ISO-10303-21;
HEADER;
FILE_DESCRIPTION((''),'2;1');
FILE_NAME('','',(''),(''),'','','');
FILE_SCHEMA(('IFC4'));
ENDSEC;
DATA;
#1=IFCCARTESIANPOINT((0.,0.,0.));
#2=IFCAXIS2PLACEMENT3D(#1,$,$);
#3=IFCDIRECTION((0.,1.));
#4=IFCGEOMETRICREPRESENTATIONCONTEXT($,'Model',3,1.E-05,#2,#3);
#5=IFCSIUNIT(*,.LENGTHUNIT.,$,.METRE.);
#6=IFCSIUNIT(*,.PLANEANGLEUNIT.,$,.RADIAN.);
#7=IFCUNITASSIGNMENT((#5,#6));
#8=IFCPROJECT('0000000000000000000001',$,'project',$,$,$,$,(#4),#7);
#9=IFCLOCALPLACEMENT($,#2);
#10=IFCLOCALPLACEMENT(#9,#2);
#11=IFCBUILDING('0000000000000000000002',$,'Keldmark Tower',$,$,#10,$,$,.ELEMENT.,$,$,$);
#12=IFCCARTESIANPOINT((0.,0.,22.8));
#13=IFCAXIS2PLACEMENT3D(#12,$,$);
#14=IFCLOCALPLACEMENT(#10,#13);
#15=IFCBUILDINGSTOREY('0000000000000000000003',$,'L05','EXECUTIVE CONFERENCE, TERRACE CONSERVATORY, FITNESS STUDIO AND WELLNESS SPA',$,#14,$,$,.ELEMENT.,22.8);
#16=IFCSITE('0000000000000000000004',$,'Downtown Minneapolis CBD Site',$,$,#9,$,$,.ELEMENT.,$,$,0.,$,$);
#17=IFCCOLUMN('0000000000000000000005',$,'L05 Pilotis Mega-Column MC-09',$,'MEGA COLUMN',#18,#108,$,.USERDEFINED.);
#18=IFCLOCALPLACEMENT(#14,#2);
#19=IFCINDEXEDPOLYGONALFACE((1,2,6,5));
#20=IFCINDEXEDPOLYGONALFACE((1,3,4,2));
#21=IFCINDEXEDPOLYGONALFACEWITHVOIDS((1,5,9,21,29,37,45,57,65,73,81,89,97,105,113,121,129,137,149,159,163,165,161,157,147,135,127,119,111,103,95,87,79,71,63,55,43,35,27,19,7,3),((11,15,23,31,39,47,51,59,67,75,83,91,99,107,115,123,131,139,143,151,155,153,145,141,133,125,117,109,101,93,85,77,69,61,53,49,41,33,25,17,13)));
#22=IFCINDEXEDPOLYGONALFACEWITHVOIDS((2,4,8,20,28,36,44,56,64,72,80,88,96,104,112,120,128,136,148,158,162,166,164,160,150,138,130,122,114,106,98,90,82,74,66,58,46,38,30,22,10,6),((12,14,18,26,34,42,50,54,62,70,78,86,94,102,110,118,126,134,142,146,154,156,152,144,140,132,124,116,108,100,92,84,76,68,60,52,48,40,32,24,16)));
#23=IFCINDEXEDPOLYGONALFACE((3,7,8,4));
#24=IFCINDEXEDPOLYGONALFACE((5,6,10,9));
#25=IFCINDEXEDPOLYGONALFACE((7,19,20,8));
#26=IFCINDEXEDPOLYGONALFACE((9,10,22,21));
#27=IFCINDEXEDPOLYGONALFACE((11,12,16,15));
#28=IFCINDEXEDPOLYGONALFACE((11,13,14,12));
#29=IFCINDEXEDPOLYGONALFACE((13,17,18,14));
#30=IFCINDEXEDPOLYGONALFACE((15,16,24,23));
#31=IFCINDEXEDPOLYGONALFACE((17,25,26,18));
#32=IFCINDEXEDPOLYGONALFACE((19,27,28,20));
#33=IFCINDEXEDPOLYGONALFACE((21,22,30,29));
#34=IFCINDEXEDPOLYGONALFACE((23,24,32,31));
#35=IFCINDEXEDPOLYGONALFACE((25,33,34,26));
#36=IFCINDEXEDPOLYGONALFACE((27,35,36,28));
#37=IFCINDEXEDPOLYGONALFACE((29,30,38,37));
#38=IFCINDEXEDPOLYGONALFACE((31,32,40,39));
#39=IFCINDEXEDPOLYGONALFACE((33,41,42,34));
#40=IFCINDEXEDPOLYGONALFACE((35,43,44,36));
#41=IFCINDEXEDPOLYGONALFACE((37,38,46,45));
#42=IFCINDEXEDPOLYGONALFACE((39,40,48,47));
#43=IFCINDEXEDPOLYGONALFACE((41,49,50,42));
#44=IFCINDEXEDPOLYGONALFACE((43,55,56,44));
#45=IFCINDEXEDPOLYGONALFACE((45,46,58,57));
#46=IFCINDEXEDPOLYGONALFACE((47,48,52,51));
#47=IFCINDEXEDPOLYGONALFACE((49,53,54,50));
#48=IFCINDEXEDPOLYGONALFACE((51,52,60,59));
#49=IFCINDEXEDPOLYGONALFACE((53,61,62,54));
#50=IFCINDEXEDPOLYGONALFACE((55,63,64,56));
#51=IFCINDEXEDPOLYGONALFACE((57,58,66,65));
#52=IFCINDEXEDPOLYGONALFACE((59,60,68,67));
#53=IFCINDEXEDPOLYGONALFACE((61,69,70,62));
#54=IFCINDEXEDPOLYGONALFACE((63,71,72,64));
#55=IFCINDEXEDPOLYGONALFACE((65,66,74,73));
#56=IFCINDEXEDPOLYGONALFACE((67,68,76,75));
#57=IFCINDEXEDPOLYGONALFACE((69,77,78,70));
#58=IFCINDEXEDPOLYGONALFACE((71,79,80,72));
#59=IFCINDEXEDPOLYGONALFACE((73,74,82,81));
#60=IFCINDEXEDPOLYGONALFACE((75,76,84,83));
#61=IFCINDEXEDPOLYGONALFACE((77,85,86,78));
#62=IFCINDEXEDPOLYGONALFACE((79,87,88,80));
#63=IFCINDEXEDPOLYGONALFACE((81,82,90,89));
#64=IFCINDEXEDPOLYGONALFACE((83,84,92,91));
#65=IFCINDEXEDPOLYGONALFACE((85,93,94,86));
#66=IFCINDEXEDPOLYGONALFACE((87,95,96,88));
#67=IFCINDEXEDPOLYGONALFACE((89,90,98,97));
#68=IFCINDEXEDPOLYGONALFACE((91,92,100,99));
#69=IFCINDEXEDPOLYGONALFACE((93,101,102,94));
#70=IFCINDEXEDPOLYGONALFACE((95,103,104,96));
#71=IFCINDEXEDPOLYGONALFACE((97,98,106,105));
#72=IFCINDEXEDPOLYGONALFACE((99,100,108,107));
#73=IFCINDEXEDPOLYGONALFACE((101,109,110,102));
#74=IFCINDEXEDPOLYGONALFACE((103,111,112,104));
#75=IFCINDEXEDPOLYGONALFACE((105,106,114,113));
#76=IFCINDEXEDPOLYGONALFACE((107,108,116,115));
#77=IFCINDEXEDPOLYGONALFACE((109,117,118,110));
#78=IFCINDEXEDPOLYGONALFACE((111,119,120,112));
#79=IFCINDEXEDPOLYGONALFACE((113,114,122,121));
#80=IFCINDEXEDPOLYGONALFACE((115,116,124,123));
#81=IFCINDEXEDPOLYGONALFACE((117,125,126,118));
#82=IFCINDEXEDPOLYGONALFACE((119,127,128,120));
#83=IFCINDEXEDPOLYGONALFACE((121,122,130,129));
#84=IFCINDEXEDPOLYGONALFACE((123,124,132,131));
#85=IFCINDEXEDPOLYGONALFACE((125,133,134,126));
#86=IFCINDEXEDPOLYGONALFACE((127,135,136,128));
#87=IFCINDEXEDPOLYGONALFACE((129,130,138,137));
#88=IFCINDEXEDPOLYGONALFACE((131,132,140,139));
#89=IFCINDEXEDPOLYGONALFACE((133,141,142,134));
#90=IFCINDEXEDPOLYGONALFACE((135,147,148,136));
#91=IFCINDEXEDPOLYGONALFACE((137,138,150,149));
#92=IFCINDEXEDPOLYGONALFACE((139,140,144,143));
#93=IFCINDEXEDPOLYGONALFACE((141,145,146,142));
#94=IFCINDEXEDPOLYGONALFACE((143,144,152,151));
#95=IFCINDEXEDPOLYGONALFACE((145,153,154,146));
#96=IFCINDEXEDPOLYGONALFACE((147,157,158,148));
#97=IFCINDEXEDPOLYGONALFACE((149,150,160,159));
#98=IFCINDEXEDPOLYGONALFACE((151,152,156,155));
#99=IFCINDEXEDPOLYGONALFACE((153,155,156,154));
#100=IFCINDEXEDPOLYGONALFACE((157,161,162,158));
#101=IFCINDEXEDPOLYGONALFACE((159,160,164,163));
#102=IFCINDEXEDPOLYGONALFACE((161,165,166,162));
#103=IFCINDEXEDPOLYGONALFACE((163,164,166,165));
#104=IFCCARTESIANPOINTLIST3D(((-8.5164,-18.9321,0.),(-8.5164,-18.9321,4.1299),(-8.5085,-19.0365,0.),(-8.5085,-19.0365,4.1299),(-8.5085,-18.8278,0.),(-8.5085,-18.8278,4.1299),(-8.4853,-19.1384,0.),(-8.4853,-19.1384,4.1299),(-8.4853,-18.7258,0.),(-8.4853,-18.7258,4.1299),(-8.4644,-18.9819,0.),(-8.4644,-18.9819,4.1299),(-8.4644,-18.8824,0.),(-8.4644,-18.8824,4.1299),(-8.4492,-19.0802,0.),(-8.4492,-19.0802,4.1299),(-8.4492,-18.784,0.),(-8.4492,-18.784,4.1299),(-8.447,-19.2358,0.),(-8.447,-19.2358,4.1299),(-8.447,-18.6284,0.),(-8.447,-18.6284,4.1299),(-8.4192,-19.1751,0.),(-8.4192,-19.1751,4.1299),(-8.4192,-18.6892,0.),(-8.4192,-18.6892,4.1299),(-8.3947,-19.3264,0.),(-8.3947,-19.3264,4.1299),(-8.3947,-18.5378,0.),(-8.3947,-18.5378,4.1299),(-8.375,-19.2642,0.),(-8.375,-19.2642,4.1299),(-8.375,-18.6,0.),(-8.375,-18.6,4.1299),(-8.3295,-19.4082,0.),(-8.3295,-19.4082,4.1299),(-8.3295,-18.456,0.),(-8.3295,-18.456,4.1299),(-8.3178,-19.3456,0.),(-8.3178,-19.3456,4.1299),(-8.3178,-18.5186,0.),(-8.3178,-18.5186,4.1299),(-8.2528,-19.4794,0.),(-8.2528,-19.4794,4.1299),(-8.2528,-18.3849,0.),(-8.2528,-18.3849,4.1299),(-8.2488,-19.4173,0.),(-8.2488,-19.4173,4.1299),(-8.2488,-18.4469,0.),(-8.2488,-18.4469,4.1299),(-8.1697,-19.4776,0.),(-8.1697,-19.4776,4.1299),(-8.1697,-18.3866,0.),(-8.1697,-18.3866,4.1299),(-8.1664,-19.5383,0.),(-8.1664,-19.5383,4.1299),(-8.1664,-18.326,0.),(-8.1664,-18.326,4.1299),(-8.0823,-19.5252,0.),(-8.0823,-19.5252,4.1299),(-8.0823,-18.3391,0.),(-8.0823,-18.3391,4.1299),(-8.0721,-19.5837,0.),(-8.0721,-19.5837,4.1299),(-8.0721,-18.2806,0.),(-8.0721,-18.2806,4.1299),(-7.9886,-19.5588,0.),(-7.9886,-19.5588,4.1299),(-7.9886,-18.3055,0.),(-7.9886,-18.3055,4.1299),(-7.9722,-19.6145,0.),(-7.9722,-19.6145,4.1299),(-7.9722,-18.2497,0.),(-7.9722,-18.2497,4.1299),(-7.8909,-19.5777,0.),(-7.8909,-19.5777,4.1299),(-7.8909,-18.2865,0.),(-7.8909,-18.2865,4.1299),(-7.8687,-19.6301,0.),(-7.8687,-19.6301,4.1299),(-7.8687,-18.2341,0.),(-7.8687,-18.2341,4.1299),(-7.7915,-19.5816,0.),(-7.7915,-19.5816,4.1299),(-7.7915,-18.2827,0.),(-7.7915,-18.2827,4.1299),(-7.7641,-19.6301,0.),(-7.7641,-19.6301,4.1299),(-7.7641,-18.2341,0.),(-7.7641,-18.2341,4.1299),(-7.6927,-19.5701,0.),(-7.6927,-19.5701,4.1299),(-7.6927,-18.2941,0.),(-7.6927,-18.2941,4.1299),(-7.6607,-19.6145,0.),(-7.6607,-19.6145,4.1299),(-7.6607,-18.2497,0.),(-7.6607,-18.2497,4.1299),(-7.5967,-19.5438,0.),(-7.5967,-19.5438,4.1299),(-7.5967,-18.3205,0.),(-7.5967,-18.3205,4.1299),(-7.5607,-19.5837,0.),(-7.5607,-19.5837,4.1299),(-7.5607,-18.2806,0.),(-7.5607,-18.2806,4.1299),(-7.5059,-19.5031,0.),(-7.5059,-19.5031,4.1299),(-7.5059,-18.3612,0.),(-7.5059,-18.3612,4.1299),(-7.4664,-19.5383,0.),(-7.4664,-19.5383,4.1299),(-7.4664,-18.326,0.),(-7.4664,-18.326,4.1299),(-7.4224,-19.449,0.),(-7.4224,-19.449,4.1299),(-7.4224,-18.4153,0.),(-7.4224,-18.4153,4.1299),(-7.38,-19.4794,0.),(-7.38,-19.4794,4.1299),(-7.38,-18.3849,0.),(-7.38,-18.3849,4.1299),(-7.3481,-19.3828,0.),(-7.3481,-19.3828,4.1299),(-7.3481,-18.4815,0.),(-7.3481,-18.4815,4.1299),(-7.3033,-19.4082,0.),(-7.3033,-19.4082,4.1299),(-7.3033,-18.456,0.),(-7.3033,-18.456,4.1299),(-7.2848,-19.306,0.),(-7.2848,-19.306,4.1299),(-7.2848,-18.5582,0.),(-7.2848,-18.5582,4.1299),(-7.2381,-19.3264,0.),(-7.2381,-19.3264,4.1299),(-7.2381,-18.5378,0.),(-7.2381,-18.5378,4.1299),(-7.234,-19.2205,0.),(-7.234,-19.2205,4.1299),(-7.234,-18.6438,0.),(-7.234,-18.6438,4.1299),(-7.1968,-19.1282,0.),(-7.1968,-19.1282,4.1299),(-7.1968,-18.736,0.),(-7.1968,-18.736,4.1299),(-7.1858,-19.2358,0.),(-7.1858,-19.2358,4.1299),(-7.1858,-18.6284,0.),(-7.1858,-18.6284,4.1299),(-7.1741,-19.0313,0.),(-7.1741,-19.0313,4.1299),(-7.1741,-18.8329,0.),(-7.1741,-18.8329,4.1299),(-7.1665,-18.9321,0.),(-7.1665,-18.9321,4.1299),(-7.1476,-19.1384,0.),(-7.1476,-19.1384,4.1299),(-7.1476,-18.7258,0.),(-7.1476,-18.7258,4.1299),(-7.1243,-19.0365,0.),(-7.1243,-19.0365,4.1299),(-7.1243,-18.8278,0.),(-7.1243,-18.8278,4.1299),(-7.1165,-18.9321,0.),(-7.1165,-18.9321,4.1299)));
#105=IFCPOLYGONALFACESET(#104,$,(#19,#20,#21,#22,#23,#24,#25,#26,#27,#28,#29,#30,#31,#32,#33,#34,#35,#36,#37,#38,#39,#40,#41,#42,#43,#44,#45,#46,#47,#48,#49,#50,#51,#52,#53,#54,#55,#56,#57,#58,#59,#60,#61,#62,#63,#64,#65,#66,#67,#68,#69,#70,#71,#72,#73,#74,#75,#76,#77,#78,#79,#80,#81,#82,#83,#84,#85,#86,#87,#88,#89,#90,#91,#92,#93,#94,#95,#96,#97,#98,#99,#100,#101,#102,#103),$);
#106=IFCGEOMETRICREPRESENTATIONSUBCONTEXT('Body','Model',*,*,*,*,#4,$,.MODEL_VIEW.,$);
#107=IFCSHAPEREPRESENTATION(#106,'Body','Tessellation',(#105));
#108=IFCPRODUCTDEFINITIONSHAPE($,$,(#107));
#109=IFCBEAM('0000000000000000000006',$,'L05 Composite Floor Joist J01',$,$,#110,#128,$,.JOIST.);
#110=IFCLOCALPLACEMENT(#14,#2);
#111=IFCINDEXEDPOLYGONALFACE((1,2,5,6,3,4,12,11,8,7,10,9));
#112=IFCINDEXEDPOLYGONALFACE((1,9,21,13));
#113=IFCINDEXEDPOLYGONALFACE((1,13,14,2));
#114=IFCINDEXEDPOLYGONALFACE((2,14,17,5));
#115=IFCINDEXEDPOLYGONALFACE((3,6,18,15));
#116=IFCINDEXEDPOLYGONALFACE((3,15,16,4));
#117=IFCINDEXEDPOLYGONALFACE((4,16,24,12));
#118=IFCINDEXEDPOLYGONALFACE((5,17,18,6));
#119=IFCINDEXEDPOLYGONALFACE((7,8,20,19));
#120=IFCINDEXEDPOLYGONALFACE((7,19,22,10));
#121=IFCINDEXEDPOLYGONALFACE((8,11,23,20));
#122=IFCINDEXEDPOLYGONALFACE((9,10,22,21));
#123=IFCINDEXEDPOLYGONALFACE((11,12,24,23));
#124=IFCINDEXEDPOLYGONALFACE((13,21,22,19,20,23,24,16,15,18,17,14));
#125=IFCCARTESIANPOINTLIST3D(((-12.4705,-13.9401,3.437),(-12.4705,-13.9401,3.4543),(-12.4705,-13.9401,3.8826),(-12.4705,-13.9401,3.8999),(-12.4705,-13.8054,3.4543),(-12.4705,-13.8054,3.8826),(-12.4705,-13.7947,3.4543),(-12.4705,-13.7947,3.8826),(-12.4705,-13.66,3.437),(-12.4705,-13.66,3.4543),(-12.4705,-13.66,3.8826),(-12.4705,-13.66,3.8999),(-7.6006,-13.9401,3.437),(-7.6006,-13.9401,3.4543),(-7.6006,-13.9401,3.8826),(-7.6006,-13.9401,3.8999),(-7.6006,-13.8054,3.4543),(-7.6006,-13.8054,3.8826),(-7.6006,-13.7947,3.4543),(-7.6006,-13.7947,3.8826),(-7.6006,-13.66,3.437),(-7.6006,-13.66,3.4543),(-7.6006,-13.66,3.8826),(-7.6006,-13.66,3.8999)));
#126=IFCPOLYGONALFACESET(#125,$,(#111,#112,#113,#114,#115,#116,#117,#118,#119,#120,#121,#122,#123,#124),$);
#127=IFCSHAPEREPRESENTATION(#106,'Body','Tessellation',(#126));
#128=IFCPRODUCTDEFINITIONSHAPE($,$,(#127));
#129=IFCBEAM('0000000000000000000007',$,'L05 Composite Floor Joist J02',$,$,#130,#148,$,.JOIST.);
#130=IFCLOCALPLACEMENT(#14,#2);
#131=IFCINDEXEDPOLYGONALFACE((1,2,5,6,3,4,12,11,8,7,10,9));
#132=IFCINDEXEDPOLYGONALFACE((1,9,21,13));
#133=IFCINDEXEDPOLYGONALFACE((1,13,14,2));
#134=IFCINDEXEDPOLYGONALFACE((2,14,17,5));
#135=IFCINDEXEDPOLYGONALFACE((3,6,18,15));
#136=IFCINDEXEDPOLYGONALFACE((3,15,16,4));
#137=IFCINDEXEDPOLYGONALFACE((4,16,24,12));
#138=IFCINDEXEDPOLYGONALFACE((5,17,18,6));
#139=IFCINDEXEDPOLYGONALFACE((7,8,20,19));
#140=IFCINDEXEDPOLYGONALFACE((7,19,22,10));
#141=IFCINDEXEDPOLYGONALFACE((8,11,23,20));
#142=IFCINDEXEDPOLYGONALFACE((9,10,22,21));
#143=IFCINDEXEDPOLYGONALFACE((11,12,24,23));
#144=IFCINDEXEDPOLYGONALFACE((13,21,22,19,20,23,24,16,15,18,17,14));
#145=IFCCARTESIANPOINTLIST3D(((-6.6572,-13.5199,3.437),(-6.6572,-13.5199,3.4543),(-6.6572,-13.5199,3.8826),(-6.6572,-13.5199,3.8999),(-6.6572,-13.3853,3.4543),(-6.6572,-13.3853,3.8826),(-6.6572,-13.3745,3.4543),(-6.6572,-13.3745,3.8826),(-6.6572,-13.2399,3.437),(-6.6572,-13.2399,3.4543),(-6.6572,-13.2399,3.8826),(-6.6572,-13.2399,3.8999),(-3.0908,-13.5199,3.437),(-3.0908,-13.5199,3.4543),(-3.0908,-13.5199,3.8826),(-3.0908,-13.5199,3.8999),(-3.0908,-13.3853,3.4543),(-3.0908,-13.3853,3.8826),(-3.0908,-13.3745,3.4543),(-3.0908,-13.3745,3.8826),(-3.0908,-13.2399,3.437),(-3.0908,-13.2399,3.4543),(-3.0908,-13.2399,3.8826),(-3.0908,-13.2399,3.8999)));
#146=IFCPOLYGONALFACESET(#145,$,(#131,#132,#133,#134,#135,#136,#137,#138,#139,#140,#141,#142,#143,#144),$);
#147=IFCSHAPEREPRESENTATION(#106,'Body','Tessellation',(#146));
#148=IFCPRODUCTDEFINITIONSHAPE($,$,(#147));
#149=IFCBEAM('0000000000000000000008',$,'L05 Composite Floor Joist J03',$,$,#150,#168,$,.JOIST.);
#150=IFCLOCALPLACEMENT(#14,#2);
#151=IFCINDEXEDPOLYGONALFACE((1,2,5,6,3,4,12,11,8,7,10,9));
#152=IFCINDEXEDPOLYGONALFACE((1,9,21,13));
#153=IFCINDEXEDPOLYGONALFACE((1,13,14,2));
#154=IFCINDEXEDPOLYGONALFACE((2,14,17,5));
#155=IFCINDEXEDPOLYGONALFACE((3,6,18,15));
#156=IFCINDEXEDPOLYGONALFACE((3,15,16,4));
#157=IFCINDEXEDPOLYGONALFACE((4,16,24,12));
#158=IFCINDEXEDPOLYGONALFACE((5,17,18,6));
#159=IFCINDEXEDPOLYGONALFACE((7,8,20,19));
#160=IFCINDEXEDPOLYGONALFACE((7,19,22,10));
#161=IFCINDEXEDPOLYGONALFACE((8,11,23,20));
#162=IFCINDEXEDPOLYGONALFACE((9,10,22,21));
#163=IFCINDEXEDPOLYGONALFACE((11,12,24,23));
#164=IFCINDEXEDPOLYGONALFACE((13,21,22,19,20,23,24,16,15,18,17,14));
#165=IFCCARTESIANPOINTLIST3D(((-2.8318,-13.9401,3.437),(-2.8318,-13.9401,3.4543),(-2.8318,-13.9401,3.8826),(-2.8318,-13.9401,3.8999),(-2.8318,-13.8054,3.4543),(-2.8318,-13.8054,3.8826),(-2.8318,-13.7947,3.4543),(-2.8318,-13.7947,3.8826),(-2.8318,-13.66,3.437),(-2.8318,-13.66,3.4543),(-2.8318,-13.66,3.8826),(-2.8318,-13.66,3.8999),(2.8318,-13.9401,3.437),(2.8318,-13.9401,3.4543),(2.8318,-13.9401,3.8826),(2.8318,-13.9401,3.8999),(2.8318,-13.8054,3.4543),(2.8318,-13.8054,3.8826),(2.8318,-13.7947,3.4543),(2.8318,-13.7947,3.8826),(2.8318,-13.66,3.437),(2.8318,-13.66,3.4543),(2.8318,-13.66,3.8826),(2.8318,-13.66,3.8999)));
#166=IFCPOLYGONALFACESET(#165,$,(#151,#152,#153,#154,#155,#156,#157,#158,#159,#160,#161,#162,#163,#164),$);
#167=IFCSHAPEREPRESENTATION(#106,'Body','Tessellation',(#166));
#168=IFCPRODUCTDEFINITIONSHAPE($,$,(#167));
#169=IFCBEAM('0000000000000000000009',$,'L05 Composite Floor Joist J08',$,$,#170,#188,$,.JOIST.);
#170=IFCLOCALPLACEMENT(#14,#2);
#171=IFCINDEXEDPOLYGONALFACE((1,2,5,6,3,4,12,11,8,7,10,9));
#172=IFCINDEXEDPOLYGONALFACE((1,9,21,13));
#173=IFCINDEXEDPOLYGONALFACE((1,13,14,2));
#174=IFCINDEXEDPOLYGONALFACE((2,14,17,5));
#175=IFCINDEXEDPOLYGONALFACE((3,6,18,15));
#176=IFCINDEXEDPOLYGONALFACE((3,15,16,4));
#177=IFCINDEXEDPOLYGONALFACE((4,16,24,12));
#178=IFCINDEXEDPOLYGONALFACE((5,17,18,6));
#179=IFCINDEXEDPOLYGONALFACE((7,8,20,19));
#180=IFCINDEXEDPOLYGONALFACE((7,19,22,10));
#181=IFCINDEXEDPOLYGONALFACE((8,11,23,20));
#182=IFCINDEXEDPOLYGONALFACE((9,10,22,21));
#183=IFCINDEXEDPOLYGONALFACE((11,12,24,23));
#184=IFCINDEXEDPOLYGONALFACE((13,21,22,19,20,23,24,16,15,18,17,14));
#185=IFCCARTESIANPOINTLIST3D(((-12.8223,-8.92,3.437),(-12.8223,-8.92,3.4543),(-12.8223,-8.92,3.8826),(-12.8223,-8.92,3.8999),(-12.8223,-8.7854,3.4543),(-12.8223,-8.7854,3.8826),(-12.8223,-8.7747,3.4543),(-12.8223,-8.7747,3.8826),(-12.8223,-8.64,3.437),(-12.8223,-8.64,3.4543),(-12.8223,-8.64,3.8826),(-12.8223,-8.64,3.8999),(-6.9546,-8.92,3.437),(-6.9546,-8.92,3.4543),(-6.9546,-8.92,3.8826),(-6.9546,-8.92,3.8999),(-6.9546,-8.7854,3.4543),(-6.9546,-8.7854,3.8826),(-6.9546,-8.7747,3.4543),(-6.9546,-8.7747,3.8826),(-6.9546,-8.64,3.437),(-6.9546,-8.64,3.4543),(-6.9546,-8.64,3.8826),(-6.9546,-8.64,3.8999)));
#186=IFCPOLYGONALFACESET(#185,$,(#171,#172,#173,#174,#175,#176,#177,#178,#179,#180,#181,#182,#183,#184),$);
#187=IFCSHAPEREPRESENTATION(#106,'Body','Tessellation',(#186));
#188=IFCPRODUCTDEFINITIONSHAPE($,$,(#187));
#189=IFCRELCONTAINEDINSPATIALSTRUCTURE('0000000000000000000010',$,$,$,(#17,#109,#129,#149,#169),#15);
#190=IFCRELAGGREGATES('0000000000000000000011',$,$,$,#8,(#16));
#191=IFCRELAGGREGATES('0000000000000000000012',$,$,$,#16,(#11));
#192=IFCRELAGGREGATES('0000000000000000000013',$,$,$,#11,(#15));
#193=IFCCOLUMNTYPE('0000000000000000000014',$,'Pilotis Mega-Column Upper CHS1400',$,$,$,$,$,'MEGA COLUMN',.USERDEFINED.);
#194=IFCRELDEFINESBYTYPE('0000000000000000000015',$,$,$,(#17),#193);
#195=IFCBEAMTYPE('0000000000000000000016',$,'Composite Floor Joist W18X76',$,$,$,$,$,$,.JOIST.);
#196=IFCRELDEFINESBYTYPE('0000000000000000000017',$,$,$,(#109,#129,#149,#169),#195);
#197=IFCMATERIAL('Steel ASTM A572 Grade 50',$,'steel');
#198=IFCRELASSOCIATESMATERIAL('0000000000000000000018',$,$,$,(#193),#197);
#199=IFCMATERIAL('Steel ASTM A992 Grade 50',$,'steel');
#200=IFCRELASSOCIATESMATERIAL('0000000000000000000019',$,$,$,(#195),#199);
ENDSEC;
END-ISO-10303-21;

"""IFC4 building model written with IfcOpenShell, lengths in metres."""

from ifc_helpers import new_model, si_unit, direction, frame, origin, origin_2d, place, context, subcontext, project, spatial, hollow_circle, i_section, extrude, material, material_profile, profile_set, type_object, element, save


model = new_model("IFC4")

# Units and contexts
model_context = context("Model", 3, precision=1e-05, world=origin(), true_north=direction((0.0, 1.0)))
body_context = subcontext(model_context, "Body", "Model", "MODEL_VIEW")
ifc_project = project(units=[si_unit("LENGTHUNIT", "METRE"), si_unit("PLANEANGLEUNIT", "RADIAN")], contexts=[model_context])

# Site, building, storey
site_placement = place(None, origin())
site = spatial("IfcSite", under=ifc_project, at=site_placement, Name="Downtown Minneapolis CBD Site", CompositionType="ELEMENT", RefElevation=0.0)
building_placement = place(site_placement, origin())
building = spatial("IfcBuilding", under=site, at=building_placement, Name="Keldmark Tower", CompositionType="ELEMENT")
storey_placement = place(building_placement, frame((0.0, 0.0, 22.8)))
storey = spatial("IfcBuildingStorey", under=building, at=storey_placement, Name="L05", Description="EXECUTIVE CONFERENCE, TERRACE CONSERVATORY, FITNESS STUDIO AND WELLNESS SPA", CompositionType="ELEMENT", Elevation=22.8)

# Column
ifc_material_1 = material(Name="Steel ASTM A572 Grade 50", Category="steel")
ifc_material_profile_1 = material_profile(ifc_material_1, hollow_circle(Radius=0.7, WallThickness=0.05, at=origin_2d()), Name="CHS1400X50")
ifc_profile_set_1 = profile_set([ifc_material_profile_1], Name="Steel ASTM A572 Grade 50")
column_type = type_object("IfcColumnType", Name="Pilotis Mega-Column Upper CHS1400", ElementType="MEGA COLUMN", PredefinedType="USERDEFINED", material=ifc_profile_set_1)
column_placement = place(storey_placement, frame((-7.8164, -18.9321, 0.0), z_axis=(0.0, 0.0, 1.0), x_axis=(1.0, 0.0, 0.0)))
element("IfcColumn", 1, at=column_placement, inside=storey, type_object=column_type, Name="L05 Pilotis Mega-Column MC-09", ObjectType="MEGA COLUMN", PredefinedType="USERDEFINED", context=body_context, shape_type="SweptSolid", body=[
    extrude(hollow_circle(Radius=0.7, WallThickness=0.05, at=origin_2d()), origin(), (0.0, 0.0, 1.0), 4.1299),
])

# Beams
ifc_material_2 = material(Name="Steel ASTM A992 Grade 50", Category="steel")
ifc_material_profile_2 = material_profile(ifc_material_2, i_section(OverallWidth=0.28, OverallDepth=0.4629, WebThickness=0.0107, FlangeThickness=0.0173, at=origin_2d()), Name="W18X76")
ifc_profile_set_2 = profile_set([ifc_material_profile_2], Name="Steel ASTM A992 Grade 50")
beam_type_1 = type_object("IfcBeamType", Name="Composite Floor Joist W18X76", PredefinedType="JOIST", material=ifc_profile_set_2)
beam_1_placement = place(storey_placement, frame((-12.4705, -13.8, 3.6685), z_axis=(1.0, 0.0, 0.0), x_axis=(0.0, 1.0, 0.0)))
element("IfcBeam", 2, at=beam_1_placement, inside=storey, type_object=beam_type_1, Name="L05 Composite Floor Joist J01", PredefinedType="JOIST", context=body_context, shape_type="SweptSolid", body=[
    extrude(i_section(OverallWidth=0.28, OverallDepth=0.4629, WebThickness=0.0107, FlangeThickness=0.0173, at=origin_2d()), origin(), (0.0, 0.0, 1.0), 4.8699),
])
beam_2_placement = place(storey_placement, frame((-6.6572, -13.3799, 3.6685), z_axis=(1.0, 0.0, 0.0), x_axis=(0.0, 1.0, 0.0)))
element("IfcBeam", 3, at=beam_2_placement, inside=storey, type_object=beam_type_1, Name="L05 Composite Floor Joist J02", PredefinedType="JOIST", context=body_context, shape_type="SweptSolid", body=[
    extrude(i_section(OverallWidth=0.28, OverallDepth=0.4629, WebThickness=0.0107, FlangeThickness=0.0173, at=origin_2d()), origin(), (0.0, 0.0, 1.0), 3.5664),
])
beam_3_placement = place(storey_placement, frame((-2.8318, -13.8, 3.6685), z_axis=(1.0, 0.0, 0.0), x_axis=(0.0, 1.0, 0.0)))
element("IfcBeam", 4, at=beam_3_placement, inside=storey, type_object=beam_type_1, Name="L05 Composite Floor Joist J03", PredefinedType="JOIST", context=body_context, shape_type="SweptSolid", body=[
    extrude(i_section(OverallWidth=0.28, OverallDepth=0.4629, WebThickness=0.0107, FlangeThickness=0.0173, at=origin_2d()), origin(), (0.0, 0.0, 1.0), 5.6636),
])
beam_4_placement = place(storey_placement, frame((-12.8223, -8.78, 3.6685), z_axis=(1.0, 0.0, 0.0), x_axis=(0.0, 1.0, 0.0)))
element("IfcBeam", 5, at=beam_4_placement, inside=storey, type_object=beam_type_1, Name="L05 Composite Floor Joist J08", PredefinedType="JOIST", context=body_context, shape_type="SweptSolid", body=[
    extrude(i_section(OverallWidth=0.28, OverallDepth=0.4629, WebThickness=0.0107, FlangeThickness=0.0173, at=origin_2d()), origin(), (0.0, 0.0, 1.0), 5.8677),
])

save(model, "model.ifc")
